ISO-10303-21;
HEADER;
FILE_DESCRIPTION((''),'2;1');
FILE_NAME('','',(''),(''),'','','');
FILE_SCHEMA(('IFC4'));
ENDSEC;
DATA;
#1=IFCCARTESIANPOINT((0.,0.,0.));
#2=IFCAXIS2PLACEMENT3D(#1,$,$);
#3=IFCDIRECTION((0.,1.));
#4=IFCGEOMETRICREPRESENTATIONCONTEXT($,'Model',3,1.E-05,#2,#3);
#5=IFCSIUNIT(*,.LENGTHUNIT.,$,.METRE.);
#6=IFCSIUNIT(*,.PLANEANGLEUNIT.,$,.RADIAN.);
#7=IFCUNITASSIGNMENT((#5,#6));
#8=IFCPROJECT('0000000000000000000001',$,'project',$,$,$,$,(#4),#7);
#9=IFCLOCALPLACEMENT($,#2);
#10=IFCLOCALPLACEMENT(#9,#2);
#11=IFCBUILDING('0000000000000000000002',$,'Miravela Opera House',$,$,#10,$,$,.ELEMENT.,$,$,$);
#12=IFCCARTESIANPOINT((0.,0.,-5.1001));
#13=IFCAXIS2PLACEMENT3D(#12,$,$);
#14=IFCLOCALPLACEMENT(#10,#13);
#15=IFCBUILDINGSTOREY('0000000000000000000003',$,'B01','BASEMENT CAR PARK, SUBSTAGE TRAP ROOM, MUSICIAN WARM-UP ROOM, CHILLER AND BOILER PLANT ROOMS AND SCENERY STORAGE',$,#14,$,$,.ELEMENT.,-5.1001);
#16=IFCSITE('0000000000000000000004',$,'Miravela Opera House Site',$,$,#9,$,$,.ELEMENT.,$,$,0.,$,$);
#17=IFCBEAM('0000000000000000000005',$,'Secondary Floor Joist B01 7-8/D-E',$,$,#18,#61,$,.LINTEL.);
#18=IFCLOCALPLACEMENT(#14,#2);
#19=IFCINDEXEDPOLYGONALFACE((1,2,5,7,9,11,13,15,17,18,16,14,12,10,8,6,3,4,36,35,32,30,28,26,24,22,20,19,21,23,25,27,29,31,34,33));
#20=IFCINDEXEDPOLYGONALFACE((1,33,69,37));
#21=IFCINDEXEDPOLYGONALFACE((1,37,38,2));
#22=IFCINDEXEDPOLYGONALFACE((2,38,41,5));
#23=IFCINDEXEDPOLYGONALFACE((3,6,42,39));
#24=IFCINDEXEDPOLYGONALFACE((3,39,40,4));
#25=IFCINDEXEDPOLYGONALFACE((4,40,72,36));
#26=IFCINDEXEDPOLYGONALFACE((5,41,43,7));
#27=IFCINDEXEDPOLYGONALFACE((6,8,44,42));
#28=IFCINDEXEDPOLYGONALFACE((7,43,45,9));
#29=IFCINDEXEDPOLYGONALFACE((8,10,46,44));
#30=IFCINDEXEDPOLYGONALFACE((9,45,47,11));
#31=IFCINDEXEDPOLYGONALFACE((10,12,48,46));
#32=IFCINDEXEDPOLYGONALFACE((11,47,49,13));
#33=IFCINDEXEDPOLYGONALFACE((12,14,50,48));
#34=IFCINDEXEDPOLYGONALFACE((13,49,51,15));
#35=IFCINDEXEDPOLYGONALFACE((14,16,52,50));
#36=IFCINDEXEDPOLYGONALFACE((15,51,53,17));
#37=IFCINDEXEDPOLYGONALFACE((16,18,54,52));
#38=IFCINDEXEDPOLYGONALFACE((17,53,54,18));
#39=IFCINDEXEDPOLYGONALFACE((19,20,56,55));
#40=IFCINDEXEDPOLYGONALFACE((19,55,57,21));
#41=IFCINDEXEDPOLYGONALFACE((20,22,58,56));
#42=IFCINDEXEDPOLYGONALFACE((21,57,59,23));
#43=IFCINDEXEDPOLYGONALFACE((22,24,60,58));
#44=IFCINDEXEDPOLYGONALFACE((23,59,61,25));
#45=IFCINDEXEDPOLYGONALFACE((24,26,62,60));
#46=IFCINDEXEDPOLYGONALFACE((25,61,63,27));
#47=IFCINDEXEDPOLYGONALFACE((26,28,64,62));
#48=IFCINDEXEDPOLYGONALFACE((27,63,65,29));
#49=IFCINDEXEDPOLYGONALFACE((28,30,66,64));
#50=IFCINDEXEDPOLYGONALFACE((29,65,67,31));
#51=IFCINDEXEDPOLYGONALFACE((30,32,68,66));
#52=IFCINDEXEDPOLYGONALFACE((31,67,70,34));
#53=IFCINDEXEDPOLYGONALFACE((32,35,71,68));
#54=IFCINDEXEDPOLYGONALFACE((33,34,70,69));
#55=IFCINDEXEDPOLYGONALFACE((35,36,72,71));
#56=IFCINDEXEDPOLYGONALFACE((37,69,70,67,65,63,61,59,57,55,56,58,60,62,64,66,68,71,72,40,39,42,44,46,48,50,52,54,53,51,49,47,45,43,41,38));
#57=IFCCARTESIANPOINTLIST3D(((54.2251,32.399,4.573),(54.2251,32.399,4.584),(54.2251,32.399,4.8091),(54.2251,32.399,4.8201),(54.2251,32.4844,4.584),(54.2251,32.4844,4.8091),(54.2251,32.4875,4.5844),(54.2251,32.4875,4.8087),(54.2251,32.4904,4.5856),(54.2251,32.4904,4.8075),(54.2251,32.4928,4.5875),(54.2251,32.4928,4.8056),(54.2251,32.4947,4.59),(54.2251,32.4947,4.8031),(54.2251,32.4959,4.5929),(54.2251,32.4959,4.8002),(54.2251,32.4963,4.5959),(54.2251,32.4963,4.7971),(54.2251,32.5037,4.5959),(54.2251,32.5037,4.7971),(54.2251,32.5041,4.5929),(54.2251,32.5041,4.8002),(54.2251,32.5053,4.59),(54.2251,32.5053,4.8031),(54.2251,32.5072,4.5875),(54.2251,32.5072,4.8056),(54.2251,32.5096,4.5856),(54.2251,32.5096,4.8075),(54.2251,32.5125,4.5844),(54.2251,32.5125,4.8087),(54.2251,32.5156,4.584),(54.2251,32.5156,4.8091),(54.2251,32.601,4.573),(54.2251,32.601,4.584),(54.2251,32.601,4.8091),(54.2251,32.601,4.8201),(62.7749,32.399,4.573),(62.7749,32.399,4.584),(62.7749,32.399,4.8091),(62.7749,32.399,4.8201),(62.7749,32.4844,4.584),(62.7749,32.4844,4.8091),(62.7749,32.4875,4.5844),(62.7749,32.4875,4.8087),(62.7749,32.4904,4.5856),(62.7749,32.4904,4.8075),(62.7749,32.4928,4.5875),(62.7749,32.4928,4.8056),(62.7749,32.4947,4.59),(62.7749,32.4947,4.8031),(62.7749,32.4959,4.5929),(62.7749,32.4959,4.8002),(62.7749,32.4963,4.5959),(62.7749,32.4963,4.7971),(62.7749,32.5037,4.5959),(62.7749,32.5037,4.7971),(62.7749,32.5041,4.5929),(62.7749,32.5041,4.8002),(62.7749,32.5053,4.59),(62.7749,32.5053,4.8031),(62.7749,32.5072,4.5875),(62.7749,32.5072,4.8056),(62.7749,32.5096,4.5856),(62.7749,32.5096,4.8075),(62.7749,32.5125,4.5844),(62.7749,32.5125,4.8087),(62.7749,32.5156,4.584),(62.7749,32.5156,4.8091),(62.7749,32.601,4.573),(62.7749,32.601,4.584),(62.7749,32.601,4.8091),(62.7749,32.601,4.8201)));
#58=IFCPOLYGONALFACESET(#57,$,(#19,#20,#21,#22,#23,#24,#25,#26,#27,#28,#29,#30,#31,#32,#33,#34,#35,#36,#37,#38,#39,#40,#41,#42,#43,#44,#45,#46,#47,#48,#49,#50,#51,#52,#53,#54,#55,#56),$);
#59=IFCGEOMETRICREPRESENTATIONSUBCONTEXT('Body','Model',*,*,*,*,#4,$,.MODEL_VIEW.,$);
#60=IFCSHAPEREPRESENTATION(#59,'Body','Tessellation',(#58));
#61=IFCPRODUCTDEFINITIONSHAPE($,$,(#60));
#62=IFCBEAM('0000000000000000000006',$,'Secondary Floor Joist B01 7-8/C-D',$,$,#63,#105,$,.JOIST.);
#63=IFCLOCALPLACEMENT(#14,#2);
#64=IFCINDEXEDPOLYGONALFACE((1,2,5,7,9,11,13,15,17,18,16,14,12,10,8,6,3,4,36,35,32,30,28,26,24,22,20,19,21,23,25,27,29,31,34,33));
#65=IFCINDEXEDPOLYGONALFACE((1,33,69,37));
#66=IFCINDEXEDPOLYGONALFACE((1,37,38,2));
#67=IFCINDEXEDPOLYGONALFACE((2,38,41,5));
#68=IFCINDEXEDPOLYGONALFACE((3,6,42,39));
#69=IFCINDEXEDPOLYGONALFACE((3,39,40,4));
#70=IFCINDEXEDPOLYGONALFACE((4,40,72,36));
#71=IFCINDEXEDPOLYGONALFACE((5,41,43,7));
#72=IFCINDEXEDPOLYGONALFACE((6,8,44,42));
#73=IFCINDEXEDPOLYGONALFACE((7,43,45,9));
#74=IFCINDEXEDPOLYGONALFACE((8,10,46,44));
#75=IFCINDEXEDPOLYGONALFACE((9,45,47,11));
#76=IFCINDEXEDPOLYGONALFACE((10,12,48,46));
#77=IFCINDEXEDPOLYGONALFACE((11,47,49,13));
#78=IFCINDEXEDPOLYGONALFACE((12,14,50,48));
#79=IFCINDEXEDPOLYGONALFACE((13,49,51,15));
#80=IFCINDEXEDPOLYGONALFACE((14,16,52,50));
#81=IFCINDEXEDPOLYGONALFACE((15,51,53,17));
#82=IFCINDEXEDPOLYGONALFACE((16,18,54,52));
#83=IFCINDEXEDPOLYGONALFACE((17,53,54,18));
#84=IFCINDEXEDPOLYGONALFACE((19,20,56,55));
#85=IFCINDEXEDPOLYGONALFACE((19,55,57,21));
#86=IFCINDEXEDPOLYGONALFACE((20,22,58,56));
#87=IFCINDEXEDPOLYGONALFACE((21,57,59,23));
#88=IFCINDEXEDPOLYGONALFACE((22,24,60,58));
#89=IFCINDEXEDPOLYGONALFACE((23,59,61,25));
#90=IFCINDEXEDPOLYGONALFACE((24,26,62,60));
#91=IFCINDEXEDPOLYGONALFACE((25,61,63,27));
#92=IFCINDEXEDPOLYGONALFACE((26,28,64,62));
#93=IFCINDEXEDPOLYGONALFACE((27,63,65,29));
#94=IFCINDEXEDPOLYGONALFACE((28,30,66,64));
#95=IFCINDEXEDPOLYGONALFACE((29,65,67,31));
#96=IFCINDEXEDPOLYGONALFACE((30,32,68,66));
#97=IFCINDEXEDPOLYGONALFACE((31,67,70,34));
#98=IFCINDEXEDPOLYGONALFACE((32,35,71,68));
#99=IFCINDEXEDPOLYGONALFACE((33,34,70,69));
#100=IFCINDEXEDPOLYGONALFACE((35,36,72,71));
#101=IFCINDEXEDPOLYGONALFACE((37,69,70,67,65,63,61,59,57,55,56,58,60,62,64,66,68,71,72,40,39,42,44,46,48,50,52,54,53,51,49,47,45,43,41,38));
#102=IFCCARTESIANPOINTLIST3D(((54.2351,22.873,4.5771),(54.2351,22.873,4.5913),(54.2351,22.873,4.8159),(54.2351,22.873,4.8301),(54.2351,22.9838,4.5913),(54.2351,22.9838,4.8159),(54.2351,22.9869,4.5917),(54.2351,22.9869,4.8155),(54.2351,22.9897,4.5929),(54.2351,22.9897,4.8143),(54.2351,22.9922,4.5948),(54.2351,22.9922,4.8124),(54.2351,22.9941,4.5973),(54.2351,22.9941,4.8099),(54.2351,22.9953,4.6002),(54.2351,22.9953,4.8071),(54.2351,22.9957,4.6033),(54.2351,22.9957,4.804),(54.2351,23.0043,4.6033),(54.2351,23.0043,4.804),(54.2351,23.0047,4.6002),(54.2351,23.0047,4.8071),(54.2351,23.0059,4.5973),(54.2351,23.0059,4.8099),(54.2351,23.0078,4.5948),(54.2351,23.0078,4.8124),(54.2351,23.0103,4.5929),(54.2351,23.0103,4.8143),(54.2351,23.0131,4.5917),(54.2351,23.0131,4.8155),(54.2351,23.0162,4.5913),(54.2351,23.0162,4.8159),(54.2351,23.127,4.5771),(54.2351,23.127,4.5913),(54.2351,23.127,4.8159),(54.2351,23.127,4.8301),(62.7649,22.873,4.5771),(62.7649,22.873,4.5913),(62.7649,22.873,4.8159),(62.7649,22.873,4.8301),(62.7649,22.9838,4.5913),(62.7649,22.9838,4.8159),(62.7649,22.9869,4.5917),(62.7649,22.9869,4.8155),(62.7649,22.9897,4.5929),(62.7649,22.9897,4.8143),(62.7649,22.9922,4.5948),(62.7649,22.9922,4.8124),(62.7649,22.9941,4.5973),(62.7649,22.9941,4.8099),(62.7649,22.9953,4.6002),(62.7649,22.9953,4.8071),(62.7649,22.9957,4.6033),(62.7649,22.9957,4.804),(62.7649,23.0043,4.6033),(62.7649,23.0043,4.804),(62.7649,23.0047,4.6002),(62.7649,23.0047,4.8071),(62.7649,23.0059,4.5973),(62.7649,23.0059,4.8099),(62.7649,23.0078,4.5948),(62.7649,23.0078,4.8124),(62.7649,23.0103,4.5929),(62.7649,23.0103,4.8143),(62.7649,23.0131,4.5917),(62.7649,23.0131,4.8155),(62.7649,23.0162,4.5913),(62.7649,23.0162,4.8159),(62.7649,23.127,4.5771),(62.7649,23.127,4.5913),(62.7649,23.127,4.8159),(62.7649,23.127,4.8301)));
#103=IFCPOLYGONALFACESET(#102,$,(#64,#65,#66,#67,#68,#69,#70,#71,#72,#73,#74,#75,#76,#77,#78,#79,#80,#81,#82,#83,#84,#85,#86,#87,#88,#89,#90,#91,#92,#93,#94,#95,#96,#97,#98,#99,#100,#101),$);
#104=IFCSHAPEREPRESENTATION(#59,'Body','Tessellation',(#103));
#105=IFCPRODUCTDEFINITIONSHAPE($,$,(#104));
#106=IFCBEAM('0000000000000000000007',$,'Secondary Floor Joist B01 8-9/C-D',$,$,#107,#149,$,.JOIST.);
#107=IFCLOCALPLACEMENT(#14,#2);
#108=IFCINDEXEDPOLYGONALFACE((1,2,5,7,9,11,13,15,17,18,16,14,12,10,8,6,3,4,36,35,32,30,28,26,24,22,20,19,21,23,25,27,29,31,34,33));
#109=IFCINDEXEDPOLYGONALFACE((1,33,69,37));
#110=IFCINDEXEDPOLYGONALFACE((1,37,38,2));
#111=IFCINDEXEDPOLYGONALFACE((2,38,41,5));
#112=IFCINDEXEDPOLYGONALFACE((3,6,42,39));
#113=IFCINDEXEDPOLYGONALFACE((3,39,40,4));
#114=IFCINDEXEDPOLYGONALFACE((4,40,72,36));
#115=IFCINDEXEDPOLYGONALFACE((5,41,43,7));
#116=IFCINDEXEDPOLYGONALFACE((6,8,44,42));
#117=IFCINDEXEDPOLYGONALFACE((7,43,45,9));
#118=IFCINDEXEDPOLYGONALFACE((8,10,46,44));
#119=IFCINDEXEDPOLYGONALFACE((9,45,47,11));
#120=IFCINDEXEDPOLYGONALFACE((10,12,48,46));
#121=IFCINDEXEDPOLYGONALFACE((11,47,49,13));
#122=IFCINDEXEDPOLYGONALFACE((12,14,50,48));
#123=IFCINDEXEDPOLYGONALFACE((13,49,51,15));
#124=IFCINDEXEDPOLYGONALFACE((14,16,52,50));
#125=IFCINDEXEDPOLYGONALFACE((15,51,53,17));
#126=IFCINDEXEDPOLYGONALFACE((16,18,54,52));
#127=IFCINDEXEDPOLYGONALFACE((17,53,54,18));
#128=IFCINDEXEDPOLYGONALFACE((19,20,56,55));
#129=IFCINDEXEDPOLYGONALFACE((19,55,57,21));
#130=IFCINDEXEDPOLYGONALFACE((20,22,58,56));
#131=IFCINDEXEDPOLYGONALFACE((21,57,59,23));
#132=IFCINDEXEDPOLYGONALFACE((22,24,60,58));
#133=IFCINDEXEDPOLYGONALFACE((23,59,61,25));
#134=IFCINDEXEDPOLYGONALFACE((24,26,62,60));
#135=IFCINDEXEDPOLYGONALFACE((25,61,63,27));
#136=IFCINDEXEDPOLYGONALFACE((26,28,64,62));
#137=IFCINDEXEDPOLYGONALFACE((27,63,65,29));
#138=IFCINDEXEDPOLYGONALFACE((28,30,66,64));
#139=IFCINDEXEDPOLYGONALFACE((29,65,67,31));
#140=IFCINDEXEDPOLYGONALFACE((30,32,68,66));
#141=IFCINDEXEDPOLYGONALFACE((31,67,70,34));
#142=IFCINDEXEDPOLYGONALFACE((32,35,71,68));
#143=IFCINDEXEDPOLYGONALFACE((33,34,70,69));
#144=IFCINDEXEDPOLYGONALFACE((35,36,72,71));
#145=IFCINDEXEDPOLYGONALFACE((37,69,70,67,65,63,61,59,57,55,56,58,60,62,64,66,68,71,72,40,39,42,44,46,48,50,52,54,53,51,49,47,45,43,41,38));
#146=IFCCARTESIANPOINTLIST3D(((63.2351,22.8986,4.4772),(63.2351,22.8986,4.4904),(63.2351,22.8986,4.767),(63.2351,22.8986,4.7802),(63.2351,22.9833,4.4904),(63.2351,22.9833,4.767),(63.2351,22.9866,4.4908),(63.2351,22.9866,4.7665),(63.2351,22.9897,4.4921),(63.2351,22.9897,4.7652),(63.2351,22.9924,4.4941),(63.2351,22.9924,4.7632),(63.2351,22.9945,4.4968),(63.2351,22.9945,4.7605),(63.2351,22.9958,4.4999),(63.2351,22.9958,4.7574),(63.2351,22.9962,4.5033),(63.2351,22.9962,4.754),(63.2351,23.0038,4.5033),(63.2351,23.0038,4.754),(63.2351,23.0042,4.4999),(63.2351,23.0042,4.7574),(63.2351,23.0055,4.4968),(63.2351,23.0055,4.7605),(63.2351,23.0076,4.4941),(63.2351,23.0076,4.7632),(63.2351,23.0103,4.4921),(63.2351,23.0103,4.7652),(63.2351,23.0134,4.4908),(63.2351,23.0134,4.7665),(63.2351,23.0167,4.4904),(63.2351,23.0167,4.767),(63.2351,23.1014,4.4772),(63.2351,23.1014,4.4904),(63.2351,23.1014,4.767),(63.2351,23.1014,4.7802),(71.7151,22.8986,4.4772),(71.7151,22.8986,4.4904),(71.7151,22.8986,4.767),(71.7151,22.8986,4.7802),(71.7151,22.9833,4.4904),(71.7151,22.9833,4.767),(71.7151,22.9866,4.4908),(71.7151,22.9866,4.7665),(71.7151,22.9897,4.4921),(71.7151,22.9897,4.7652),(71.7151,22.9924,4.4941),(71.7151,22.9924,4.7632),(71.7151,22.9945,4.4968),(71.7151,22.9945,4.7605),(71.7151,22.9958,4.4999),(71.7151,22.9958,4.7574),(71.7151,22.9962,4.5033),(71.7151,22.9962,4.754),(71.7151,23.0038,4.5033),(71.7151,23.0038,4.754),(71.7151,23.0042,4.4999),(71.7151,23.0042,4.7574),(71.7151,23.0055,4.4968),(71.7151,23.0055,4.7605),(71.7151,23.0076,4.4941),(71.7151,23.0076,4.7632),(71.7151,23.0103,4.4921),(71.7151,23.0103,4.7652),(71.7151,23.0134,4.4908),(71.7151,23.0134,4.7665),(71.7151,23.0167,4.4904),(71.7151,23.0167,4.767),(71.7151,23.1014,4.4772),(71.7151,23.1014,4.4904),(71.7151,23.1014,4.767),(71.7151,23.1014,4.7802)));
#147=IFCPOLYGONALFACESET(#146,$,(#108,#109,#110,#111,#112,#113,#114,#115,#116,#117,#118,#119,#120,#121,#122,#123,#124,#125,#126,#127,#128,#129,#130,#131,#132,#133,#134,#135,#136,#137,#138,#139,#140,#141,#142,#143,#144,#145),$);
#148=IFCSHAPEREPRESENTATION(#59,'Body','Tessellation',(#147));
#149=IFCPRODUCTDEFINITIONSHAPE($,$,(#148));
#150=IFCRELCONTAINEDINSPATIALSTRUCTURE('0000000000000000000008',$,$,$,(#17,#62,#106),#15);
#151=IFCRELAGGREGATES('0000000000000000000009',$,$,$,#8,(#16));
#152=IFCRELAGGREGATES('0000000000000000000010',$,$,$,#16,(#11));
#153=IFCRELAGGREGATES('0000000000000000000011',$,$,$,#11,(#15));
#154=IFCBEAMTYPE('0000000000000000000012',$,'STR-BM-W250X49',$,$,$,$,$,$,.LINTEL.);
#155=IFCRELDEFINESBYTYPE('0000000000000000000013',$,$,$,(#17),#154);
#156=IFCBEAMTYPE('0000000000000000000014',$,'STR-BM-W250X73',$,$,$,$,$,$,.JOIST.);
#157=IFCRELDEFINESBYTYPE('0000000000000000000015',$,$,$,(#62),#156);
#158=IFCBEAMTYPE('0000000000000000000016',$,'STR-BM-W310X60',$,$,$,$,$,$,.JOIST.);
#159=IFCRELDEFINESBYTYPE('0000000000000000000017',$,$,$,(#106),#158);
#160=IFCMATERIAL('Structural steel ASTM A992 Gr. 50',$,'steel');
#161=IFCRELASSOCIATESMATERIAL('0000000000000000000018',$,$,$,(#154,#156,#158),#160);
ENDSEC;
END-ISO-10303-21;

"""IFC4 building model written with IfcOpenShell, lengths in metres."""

from ifc_helpers import new_model, si_unit, direction, frame, origin, origin_2d, place, context, subcontext, project, spatial, i_section, extrude, material, material_profile, profile_set, type_object, element, save


model = new_model("IFC4")

# Units and contexts
model_context = context("Model", 3, precision=1e-05, world=origin(), true_north=direction((0.0, 1.0)))
body_context = subcontext(model_context, "Body", "Model", "MODEL_VIEW")
ifc_project = project(units=[si_unit("LENGTHUNIT", "METRE"), si_unit("PLANEANGLEUNIT", "RADIAN")], contexts=[model_context])

# Site, building, storey
site_placement = place(None, origin())
site = spatial("IfcSite", under=ifc_project, at=site_placement, Name="Miravela Opera House Site", CompositionType="ELEMENT", RefElevation=0.0)
building_placement = place(site_placement, origin())
building = spatial("IfcBuilding", under=site, at=building_placement, Name="Miravela Opera House", CompositionType="ELEMENT")
storey_placement = place(building_placement, frame((0.0, 0.0, -5.1001)))
storey = spatial("IfcBuildingStorey", under=building, at=storey_placement, Name="B01", Description="BASEMENT CAR PARK, SUBSTAGE TRAP ROOM, MUSICIAN WARM-UP ROOM, CHILLER AND BOILER PLANT ROOMS AND SCENERY STORAGE", CompositionType="ELEMENT", Elevation=-5.1001)

# Beams
ifc_material_1 = material(Name="Structural steel ASTM A992 Gr. 50", Category="steel")
ifc_material_profile_1 = material_profile(ifc_material_1, i_section(OverallWidth=0.2019, OverallDepth=0.2471, WebThickness=0.0073, FlangeThickness=0.011, FilletRadius=0.012, at=origin_2d()), Name="W250X49")
ifc_profile_set_1 = profile_set([ifc_material_profile_1])
beam_type_1 = type_object("IfcBeamType", Name="STR-BM-W250X49", PredefinedType="LINTEL", material=ifc_profile_set_1)
beam_1_placement = place(storey_placement, frame((54.2251, 32.5, 4.6965), z_axis=(1.0, 0.0, 0.0), x_axis=(0.0, 1.0, 0.0)))
element("IfcBeam", 1, at=beam_1_placement, inside=storey, type_object=beam_type_1, Name="Secondary Floor Joist B01 7-8/D-E", PredefinedType="LINTEL", context=body_context, shape_type="SweptSolid", body=[
    extrude(i_section(OverallWidth=0.2019, OverallDepth=0.2471, WebThickness=0.0073, FlangeThickness=0.011, FilletRadius=0.012, at=origin_2d()), origin(), (0.0, 0.0, 1.0), 8.5498),
])
ifc_material_profile_2 = material_profile(ifc_material_1, i_section(OverallWidth=0.2539, OverallDepth=0.2529, WebThickness=0.0085, FlangeThickness=0.0142, FilletRadius=0.012, at=origin_2d()), Name="W250X73")
ifc_profile_set_2 = profile_set([ifc_material_profile_2])
beam_type_2 = type_object("IfcBeamType", Name="STR-BM-W250X73", PredefinedType="JOIST", material=ifc_profile_set_2)
beam_2_placement = place(storey_placement, frame((54.2351, 23.0, 4.7036), z_axis=(1.0, 0.0, 0.0), x_axis=(0.0, 1.0, 0.0)))
element("IfcBeam", 2, at=beam_2_placement, inside=storey, type_object=beam_type_2, Name="Secondary Floor Joist B01 7-8/C-D", PredefinedType="JOIST", context=body_context, shape_type="SweptSolid", body=[
    extrude(i_section(OverallWidth=0.2539, OverallDepth=0.2529, WebThickness=0.0085, FlangeThickness=0.0142, FilletRadius=0.012, at=origin_2d()), origin(), (0.0, 0.0, 1.0), 8.5298),
])
ifc_material_profile_3 = material_profile(ifc_material_1, i_section(OverallWidth=0.2029, OverallDepth=0.303, WebThickness=0.0076, FlangeThickness=0.0132, FilletRadius=0.0129, at=origin_2d()), Name="W310X60")
ifc_profile_set_3 = profile_set([ifc_material_profile_3])
beam_type_3 = type_object("IfcBeamType", Name="STR-BM-W310X60", PredefinedType="JOIST", material=ifc_profile_set_3)
beam_3_placement = place(storey_placement, frame((63.2351, 23.0, 4.6287), z_axis=(1.0, 0.0, 0.0), x_axis=(0.0, 1.0, 0.0)))
element("IfcBeam", 3, at=beam_3_placement, inside=storey, type_object=beam_type_3, Name="Secondary Floor Joist B01 8-9/C-D", PredefinedType="JOIST", context=body_context, shape_type="SweptSolid", body=[
    extrude(i_section(OverallWidth=0.2029, OverallDepth=0.303, WebThickness=0.0076, FlangeThickness=0.0132, FilletRadius=0.0129, at=origin_2d()), origin(), (0.0, 0.0, 1.0), 8.48),
])

save(model, "model.ifc")
